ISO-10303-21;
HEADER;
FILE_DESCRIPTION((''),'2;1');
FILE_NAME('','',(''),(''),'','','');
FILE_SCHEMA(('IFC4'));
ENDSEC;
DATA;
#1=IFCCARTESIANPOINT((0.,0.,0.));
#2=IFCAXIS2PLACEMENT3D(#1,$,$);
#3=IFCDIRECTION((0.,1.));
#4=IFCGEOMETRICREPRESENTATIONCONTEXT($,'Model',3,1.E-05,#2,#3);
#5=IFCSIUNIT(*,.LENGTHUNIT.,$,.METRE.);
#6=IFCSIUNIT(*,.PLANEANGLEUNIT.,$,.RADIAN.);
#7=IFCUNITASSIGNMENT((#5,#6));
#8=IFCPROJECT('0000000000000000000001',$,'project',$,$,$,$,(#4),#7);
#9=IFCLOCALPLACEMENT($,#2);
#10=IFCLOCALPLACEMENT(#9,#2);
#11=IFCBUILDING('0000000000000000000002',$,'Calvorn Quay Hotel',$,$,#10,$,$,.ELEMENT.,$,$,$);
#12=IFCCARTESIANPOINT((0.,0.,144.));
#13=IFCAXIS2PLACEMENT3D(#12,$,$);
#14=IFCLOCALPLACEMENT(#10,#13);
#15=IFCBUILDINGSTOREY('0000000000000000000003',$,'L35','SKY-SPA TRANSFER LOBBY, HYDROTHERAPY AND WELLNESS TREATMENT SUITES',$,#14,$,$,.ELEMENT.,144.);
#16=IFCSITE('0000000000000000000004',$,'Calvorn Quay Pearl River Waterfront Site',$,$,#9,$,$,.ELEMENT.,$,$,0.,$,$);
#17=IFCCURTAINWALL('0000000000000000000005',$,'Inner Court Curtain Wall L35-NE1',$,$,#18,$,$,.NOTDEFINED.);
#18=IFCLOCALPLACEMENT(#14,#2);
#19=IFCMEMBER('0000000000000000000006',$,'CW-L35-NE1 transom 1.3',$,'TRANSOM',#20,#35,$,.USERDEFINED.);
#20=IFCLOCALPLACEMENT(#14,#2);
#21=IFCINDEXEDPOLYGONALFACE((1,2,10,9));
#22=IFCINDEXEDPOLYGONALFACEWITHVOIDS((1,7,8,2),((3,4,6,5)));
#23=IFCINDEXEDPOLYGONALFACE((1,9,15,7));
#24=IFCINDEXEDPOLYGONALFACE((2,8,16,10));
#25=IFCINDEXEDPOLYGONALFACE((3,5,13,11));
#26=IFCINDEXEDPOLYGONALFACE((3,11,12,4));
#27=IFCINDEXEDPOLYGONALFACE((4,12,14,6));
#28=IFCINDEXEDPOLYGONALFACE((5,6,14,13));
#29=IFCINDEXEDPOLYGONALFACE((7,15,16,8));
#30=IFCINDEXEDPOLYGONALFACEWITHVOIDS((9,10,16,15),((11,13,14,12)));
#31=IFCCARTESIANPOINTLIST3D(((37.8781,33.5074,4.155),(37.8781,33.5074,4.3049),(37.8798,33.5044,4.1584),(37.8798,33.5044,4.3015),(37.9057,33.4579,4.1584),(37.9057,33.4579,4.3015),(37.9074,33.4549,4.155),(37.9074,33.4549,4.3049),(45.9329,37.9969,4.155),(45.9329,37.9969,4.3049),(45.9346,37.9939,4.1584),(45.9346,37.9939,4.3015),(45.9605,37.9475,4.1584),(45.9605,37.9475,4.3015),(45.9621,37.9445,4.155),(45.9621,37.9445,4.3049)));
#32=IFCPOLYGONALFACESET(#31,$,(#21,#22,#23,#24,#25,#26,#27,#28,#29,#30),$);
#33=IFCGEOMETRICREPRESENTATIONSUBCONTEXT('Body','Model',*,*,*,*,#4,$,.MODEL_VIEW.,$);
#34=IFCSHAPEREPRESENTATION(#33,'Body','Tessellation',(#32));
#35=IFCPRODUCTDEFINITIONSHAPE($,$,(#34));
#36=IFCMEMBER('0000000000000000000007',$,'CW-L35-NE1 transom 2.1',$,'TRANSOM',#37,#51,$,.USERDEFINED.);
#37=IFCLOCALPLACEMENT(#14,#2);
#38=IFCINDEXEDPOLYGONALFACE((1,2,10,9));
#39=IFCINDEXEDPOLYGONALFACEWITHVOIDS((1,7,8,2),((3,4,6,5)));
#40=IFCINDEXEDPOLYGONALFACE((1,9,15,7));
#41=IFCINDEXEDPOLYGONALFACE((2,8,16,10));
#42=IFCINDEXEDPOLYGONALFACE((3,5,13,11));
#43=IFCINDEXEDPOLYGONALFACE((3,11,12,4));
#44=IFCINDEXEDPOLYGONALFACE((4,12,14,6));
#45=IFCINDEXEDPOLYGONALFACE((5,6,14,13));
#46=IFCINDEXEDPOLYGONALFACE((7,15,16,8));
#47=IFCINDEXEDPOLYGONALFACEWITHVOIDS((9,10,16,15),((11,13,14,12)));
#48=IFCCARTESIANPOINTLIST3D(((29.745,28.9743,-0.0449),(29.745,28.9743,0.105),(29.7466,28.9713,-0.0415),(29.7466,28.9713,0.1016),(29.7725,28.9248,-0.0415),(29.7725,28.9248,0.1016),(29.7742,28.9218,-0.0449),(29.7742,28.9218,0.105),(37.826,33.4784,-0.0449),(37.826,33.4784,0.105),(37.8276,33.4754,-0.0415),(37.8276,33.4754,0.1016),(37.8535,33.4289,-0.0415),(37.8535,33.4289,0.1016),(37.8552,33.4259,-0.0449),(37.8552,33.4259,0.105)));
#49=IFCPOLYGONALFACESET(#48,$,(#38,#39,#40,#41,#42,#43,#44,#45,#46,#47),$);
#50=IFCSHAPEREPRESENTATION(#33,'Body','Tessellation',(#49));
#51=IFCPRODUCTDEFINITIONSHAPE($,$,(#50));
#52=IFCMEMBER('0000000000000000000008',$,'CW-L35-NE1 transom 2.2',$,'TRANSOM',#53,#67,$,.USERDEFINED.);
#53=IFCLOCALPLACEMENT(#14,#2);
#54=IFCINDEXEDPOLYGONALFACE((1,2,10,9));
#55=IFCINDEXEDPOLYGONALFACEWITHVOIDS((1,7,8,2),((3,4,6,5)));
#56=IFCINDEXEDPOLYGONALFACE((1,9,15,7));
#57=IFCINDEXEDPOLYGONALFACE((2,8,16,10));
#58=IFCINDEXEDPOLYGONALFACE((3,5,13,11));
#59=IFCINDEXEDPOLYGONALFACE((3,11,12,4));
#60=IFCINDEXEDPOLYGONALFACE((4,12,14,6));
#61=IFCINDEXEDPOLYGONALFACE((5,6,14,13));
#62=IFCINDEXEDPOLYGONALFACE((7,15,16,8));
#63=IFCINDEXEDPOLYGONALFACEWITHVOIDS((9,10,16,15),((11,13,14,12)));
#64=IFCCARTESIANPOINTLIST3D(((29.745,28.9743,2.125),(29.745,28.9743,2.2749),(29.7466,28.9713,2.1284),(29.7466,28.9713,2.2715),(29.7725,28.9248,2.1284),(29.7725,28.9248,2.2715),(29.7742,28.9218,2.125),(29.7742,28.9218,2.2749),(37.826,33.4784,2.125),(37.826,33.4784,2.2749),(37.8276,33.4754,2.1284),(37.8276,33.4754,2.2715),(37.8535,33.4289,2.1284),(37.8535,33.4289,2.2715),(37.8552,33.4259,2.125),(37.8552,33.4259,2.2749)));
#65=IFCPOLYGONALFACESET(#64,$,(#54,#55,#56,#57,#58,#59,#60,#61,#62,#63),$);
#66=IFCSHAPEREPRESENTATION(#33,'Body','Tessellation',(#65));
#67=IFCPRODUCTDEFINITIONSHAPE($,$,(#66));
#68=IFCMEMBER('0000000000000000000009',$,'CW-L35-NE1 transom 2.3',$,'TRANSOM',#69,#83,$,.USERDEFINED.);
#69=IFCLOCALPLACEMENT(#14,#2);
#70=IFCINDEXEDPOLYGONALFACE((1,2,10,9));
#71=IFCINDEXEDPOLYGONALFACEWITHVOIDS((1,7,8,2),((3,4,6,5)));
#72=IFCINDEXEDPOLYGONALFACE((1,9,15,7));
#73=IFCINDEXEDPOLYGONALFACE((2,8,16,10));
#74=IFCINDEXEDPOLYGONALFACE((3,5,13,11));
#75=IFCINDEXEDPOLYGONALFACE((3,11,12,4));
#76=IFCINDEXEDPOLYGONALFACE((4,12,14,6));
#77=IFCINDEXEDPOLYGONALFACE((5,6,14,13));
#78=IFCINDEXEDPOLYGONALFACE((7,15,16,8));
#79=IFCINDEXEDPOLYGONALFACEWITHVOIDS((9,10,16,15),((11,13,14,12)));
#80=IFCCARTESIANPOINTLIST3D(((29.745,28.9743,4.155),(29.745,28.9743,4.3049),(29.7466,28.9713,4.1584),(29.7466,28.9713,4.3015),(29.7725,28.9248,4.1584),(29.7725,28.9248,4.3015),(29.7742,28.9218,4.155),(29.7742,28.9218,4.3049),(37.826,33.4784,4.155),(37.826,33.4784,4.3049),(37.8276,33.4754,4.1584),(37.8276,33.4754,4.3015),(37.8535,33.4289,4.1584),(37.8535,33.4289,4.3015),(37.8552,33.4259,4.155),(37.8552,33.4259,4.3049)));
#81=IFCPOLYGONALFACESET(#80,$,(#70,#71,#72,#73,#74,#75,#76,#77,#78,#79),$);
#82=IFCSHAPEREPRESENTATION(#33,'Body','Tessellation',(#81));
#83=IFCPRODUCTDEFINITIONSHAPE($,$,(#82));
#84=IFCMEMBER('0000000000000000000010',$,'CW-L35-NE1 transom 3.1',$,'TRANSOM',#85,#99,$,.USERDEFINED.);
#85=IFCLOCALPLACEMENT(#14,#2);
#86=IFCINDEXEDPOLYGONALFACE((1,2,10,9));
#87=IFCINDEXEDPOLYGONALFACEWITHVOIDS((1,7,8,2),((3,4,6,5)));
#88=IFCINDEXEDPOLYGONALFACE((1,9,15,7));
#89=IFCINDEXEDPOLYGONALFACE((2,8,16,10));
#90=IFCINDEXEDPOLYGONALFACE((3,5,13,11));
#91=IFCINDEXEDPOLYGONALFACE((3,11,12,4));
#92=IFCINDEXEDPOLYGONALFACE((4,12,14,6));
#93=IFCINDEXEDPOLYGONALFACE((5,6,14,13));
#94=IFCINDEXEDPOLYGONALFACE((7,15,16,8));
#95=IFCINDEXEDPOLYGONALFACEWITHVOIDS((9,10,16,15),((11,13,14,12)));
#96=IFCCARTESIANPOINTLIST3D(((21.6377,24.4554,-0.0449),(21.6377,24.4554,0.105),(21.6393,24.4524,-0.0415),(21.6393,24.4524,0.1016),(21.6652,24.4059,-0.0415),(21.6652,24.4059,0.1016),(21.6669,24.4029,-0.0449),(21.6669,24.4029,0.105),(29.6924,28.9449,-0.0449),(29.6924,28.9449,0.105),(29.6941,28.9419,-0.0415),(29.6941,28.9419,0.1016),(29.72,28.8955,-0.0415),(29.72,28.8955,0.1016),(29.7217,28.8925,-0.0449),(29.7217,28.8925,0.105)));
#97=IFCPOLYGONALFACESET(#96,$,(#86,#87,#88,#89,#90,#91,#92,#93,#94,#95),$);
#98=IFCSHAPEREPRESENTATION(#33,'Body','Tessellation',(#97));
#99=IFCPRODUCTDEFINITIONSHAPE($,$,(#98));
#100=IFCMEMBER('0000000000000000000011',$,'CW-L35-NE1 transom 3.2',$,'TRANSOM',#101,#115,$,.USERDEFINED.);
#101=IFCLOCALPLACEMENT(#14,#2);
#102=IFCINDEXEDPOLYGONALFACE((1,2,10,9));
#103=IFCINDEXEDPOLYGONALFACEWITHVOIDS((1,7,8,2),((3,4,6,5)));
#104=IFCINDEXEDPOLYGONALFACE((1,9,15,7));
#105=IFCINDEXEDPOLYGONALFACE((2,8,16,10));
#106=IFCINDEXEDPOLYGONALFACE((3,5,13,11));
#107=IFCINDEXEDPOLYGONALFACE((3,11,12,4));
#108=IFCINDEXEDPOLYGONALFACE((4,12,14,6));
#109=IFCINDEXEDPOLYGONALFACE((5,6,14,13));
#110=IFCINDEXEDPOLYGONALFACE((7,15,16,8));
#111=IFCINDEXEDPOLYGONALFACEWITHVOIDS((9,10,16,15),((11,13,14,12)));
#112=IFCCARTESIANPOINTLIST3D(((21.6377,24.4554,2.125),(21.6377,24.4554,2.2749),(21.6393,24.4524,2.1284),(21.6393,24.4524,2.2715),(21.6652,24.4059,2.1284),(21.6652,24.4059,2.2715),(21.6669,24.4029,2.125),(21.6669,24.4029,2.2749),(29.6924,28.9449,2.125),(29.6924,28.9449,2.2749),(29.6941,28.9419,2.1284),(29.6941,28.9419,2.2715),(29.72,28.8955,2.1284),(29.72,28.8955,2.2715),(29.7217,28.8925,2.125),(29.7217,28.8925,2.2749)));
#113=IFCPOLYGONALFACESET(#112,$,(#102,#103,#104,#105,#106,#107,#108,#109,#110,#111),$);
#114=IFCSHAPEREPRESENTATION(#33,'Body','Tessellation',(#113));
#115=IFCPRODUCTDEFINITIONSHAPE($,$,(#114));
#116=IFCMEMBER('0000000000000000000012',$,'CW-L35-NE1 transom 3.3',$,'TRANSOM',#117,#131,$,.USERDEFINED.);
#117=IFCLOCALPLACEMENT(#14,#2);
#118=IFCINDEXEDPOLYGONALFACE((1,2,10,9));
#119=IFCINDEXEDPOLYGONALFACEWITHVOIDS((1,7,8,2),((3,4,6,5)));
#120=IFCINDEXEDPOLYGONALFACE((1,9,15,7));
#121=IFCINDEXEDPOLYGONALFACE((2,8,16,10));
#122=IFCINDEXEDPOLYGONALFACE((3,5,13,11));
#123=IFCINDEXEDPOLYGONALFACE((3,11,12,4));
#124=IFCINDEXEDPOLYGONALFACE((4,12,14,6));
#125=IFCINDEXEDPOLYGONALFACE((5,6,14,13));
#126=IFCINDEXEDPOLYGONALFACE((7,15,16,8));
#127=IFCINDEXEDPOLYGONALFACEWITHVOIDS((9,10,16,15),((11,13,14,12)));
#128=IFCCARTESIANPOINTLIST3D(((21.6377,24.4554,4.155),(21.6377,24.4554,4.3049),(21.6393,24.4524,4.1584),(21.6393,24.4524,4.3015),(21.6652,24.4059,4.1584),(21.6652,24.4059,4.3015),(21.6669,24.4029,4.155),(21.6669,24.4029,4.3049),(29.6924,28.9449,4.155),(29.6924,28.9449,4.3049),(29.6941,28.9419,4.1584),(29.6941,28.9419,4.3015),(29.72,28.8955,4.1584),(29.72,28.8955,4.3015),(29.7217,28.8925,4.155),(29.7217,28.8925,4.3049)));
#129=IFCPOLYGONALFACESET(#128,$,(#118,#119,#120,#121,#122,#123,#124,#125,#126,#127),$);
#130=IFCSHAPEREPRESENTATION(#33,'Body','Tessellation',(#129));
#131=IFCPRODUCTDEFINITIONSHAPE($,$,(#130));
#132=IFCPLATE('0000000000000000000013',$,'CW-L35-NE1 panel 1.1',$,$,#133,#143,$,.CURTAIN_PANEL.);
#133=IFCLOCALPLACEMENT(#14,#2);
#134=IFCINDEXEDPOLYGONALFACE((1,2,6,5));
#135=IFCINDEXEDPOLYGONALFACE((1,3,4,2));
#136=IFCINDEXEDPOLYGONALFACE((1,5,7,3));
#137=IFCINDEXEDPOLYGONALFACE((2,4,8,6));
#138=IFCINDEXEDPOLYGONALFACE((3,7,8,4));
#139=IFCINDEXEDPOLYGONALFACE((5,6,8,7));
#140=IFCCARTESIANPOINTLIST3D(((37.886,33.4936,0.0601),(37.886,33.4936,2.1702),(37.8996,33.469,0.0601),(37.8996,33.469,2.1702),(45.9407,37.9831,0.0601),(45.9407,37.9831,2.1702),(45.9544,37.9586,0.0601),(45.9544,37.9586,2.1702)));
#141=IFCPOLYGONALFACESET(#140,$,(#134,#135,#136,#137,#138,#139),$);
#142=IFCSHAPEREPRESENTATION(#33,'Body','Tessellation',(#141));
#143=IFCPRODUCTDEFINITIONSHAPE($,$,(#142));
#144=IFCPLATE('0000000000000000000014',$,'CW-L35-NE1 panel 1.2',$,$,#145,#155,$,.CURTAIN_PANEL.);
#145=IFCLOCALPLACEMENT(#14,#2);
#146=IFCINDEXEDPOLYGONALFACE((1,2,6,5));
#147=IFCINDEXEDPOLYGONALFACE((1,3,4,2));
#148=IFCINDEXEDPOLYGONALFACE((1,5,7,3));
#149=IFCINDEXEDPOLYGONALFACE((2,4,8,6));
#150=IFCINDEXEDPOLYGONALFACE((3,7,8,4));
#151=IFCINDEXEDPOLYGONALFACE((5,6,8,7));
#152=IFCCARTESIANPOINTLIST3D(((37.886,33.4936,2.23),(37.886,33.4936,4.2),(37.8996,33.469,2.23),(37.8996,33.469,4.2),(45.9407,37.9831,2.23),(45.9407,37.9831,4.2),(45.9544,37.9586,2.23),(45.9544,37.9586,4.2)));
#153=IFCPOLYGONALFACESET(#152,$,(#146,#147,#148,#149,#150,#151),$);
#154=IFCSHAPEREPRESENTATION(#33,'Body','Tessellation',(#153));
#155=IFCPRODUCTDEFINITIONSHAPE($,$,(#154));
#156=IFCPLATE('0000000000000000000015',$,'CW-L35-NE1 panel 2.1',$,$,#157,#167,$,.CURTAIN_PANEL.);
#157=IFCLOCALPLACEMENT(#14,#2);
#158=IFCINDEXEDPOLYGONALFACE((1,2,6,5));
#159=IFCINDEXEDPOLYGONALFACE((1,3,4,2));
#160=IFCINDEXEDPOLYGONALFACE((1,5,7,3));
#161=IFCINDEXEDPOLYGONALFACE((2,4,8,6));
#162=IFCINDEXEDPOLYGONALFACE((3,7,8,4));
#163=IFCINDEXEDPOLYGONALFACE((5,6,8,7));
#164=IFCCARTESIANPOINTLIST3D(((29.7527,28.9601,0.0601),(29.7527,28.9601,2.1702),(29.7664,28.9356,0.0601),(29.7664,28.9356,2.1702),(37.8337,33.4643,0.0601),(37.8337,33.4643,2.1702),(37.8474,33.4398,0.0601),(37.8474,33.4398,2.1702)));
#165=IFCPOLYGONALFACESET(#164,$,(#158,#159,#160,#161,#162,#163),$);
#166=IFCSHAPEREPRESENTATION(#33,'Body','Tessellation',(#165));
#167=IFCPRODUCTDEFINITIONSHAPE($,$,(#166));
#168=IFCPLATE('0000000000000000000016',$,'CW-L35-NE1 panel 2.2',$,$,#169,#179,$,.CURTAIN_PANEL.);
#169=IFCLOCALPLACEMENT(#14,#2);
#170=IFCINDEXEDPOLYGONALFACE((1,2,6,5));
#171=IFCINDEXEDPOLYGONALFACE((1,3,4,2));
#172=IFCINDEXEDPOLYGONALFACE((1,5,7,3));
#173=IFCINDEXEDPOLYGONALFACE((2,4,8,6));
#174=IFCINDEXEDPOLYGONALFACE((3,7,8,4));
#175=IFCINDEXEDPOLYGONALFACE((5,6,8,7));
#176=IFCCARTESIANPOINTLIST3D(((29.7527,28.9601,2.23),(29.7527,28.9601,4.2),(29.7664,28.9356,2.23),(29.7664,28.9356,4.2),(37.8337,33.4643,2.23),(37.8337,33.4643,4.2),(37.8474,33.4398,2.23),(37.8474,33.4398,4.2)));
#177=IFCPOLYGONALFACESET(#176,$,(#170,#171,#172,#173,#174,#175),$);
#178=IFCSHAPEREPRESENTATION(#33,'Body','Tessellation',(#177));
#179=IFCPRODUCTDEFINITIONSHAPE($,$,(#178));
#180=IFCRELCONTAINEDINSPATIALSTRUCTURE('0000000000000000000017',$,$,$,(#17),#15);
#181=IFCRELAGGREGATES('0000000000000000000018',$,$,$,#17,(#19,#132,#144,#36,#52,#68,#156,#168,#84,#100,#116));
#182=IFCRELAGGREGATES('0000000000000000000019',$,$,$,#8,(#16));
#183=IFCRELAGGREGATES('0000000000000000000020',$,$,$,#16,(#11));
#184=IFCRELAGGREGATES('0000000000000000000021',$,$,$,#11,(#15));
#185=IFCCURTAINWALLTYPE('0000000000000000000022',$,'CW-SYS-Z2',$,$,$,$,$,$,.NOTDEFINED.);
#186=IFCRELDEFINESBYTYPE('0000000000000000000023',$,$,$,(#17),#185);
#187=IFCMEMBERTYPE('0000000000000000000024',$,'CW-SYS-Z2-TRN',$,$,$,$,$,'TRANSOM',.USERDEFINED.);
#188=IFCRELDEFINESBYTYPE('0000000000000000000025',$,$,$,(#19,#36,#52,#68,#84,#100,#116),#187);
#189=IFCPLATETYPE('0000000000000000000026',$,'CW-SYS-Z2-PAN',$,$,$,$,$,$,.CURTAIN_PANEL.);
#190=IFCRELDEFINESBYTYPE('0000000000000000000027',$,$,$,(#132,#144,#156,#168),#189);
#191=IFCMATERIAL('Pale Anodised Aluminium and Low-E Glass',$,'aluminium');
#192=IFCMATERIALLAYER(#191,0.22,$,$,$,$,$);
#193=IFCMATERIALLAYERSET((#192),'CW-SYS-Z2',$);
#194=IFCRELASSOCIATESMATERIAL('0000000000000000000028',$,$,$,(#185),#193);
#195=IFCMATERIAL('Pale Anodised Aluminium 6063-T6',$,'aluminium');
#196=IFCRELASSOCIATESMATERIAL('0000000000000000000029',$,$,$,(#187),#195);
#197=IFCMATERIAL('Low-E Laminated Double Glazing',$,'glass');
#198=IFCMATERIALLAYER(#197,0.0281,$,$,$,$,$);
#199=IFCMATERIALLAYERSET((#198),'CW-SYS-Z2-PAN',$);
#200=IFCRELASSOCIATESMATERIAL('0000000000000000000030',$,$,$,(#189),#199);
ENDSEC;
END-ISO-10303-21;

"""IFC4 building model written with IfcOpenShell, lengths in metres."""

from ifc_helpers import new_model, si_unit, direction, frame, origin, origin_2d, place, context, subcontext, project, spatial, rectangle, hollow_rectangle, extrude, material, layer, layer_set, material_profile, profile_set, type_object, element, aggregate, save


model = new_model("IFC4")

# Units and contexts
model_context = context("Model", 3, precision=1e-05, world=origin(), true_north=direction((0.0, 1.0)))
body_context = subcontext(model_context, "Body", "Model", "MODEL_VIEW")
ifc_project = project(units=[si_unit("LENGTHUNIT", "METRE"), si_unit("PLANEANGLEUNIT", "RADIAN")], contexts=[model_context])

# Site, building, storey
site_placement = place(None, origin())
site = spatial("IfcSite", under=ifc_project, at=site_placement, Name="Calvorn Quay Pearl River Waterfront Site", CompositionType="ELEMENT", RefElevation=0.0)
building_placement = place(site_placement, origin())
building = spatial("IfcBuilding", under=site, at=building_placement, Name="Calvorn Quay Hotel", CompositionType="ELEMENT")
storey_placement = place(building_placement, frame((0.0, 0.0, 144.0)))
storey = spatial("IfcBuildingStorey", under=building, at=storey_placement, Name="L35", Description="SKY-SPA TRANSFER LOBBY, HYDROTHERAPY AND WELLNESS TREATMENT SUITES", CompositionType="ELEMENT", Elevation=144.0)

# Curtain wall, members, plates
ifc_material_1 = material(Name="Pale Anodised Aluminium and Low-E Glass", Category="aluminium")
ifc_layer_1 = layer(ifc_material_1, 0.22)
ifc_layer_set_1 = layer_set([ifc_layer_1], Name="CW-SYS-Z2")
curtain_wall_type = type_object("IfcCurtainWallType", Name="CW-SYS-Z2", PredefinedType="NOTDEFINED", material=ifc_layer_set_1)
curtain_wall_placement = place(storey_placement, origin())
curtain_wall = element("IfcCurtainWall", 1, at=curtain_wall_placement, inside=storey, type_object=curtain_wall_type, Name="Inner Court Curtain Wall L35-NE1", PredefinedType="NOTDEFINED")
ifc_material_2 = material(Name="Pale Anodised Aluminium 6063-T6", Category="aluminium")
ifc_material_profile_1 = material_profile(ifc_material_2, hollow_rectangle(XDim=0.0601, YDim=0.1499, WallThickness=0.0034, at=origin_2d()), Name="ALU-T150x60x3.5")
ifc_profile_set_1 = profile_set([ifc_material_profile_1], Name="Pale Anodised Aluminium 6063-T6")
member_type_1 = type_object("IfcMemberType", Name="CW-SYS-Z2-TRN", ElementType="TRANSOM", PredefinedType="USERDEFINED", material=ifc_profile_set_1)
member_1_placement = place(storey_placement, frame((45.9475, 37.9707, 4.23), z_axis=(-0.873481, -0.486859, 0.0), x_axis=(0.486859, -0.873481, 0.0)))
member_1 = element("IfcMember", 2, at=member_1_placement, type_object=member_type_1, Name="CW-L35-NE1 transom 1.3", ObjectType="TRANSOM", PredefinedType="USERDEFINED", context=body_context, shape_type="SweptSolid", body=[
    extrude(hollow_rectangle(XDim=0.0601, YDim=0.1499, WallThickness=0.0034, at=origin_2d()), origin(), (0.0, 0.0, 1.0), 9.2214),
])
member_2_placement = place(storey_placement, frame((37.8406, 33.4521, 0.03), z_axis=(-0.873483, -0.486855, 0.0), x_axis=(0.486855, -0.873483, 0.0)))
member_2 = element("IfcMember", 3, at=member_2_placement, type_object=member_type_1, Name="CW-L35-NE1 transom 2.1", ObjectType="TRANSOM", PredefinedType="USERDEFINED", context=body_context, shape_type="SweptSolid", body=[
    extrude(hollow_rectangle(XDim=0.0601, YDim=0.1499, WallThickness=0.0034, at=origin_2d()), origin(), (0.0, 0.0, 1.0), 9.2515),
])
member_3_placement = place(storey_placement, frame((37.8406, 33.4521, 2.2), z_axis=(-0.873483, -0.486855, 0.0), x_axis=(0.486855, -0.873483, 0.0)))
member_3 = element("IfcMember", 4, at=member_3_placement, type_object=member_type_1, Name="CW-L35-NE1 transom 2.2", ObjectType="TRANSOM", PredefinedType="USERDEFINED", context=body_context, shape_type="SweptSolid", body=[
    extrude(hollow_rectangle(XDim=0.0601, YDim=0.1499, WallThickness=0.0034, at=origin_2d()), origin(), (0.0, 0.0, 1.0), 9.2515),
])
member_4_placement = place(storey_placement, frame((37.8406, 33.4521, 4.23), z_axis=(-0.873483, -0.486855, 0.0), x_axis=(0.486855, -0.873483, 0.0)))
member_4 = element("IfcMember", 5, at=member_4_placement, type_object=member_type_1, Name="CW-L35-NE1 transom 2.3", ObjectType="TRANSOM", PredefinedType="USERDEFINED", context=body_context, shape_type="SweptSolid", body=[
    extrude(hollow_rectangle(XDim=0.0601, YDim=0.1499, WallThickness=0.0034, at=origin_2d()), origin(), (0.0, 0.0, 1.0), 9.2515),
])
member_5_placement = place(storey_placement, frame((29.707, 28.9187, 0.03), z_axis=(-0.873481, -0.486859, 0.0), x_axis=(0.486859, -0.873481, 0.0)))
member_5 = element("IfcMember", 6, at=member_5_placement, type_object=member_type_1, Name="CW-L35-NE1 transom 3.1", ObjectType="TRANSOM", PredefinedType="USERDEFINED", context=body_context, shape_type="SweptSolid", body=[
    extrude(hollow_rectangle(XDim=0.0601, YDim=0.1499, WallThickness=0.0034, at=origin_2d()), origin(), (0.0, 0.0, 1.0), 9.2214),
])
member_6_placement = place(storey_placement, frame((29.707, 28.9187, 2.2), z_axis=(-0.873481, -0.486859, 0.0), x_axis=(0.486859, -0.873481, 0.0)))
member_6 = element("IfcMember", 7, at=member_6_placement, type_object=member_type_1, Name="CW-L35-NE1 transom 3.2", ObjectType="TRANSOM", PredefinedType="USERDEFINED", context=body_context, shape_type="SweptSolid", body=[
    extrude(hollow_rectangle(XDim=0.0601, YDim=0.1499, WallThickness=0.0034, at=origin_2d()), origin(), (0.0, 0.0, 1.0), 9.2214),
])
member_7_placement = place(storey_placement, frame((29.707, 28.9187, 4.23), z_axis=(-0.873481, -0.486859, 0.0), x_axis=(0.486859, -0.873481, 0.0)))
member_7 = element("IfcMember", 8, at=member_7_placement, type_object=member_type_1, Name="CW-L35-NE1 transom 3.3", ObjectType="TRANSOM", PredefinedType="USERDEFINED", context=body_context, shape_type="SweptSolid", body=[
    extrude(hollow_rectangle(XDim=0.0601, YDim=0.1499, WallThickness=0.0034, at=origin_2d()), origin(), (0.0, 0.0, 1.0), 9.2214),
])
ifc_material_3 = material(Name="Low-E Laminated Double Glazing", Category="glass")
ifc_layer_2 = layer(ifc_material_3, 0.0281)
ifc_layer_set_2 = layer_set([ifc_layer_2], Name="CW-SYS-Z2-PAN")
plate_type = type_object("IfcPlateType", Name="CW-SYS-Z2-PAN", PredefinedType="CURTAIN_PANEL", material=ifc_layer_set_2)
plate_1_placement = place(storey_placement, frame((41.9202, 35.7261, 0.0601), z_axis=(0.0, 0.0, 1.0), x_axis=(-0.873481, -0.486858, 0.0)))
plate_1 = element("IfcPlate", 9, at=plate_1_placement, type_object=plate_type, Name="CW-L35-NE1 panel 1.1", PredefinedType="CURTAIN_PANEL", context=body_context, shape_type="SweptSolid", body=[
    extrude(rectangle(XDim=9.2214, YDim=0.0281, at=origin_2d()), origin(), (0.0, 0.0, 1.0), 2.1101),
])
plate_2_placement = place(storey_placement, frame((41.9202, 35.7261, 2.23), z_axis=(0.0, 0.0, 1.0), x_axis=(-0.873481, -0.486858, 0.0)))
plate_2 = element("IfcPlate", 10, at=plate_2_placement, type_object=plate_type, Name="CW-L35-NE1 panel 1.2", PredefinedType="CURTAIN_PANEL", context=body_context, shape_type="SweptSolid", body=[
    extrude(rectangle(XDim=9.2214, YDim=0.0281, at=origin_2d()), origin(), (0.0, 0.0, 1.0), 1.97),
])
plate_3_placement = place(storey_placement, frame((33.8, 31.2, 0.0601), z_axis=(0.0, 0.0, 1.0), x_axis=(-0.873481, -0.486858, 0.0)))
plate_3 = element("IfcPlate", 11, at=plate_3_placement, type_object=plate_type, Name="CW-L35-NE1 panel 2.1", PredefinedType="CURTAIN_PANEL", context=body_context, shape_type="SweptSolid", body=[
    extrude(rectangle(XDim=9.2515, YDim=0.0281, at=origin_2d()), origin(), (0.0, 0.0, 1.0), 2.1101),
])
plate_4_placement = place(storey_placement, frame((33.8, 31.2, 2.23), z_axis=(0.0, 0.0, 1.0), x_axis=(-0.873481, -0.486858, 0.0)))
plate_4 = element("IfcPlate", 12, at=plate_4_placement, type_object=plate_type, Name="CW-L35-NE1 panel 2.2", PredefinedType="CURTAIN_PANEL", context=body_context, shape_type="SweptSolid", body=[
    extrude(rectangle(XDim=9.2515, YDim=0.0281, at=origin_2d()), origin(), (0.0, 0.0, 1.0), 1.97),
])
aggregate(curtain_wall, [member_1, plate_1, plate_2, member_2, member_3, member_4, plate_3, plate_4, member_5, member_6, member_7])

save(model, "model.ifc")
